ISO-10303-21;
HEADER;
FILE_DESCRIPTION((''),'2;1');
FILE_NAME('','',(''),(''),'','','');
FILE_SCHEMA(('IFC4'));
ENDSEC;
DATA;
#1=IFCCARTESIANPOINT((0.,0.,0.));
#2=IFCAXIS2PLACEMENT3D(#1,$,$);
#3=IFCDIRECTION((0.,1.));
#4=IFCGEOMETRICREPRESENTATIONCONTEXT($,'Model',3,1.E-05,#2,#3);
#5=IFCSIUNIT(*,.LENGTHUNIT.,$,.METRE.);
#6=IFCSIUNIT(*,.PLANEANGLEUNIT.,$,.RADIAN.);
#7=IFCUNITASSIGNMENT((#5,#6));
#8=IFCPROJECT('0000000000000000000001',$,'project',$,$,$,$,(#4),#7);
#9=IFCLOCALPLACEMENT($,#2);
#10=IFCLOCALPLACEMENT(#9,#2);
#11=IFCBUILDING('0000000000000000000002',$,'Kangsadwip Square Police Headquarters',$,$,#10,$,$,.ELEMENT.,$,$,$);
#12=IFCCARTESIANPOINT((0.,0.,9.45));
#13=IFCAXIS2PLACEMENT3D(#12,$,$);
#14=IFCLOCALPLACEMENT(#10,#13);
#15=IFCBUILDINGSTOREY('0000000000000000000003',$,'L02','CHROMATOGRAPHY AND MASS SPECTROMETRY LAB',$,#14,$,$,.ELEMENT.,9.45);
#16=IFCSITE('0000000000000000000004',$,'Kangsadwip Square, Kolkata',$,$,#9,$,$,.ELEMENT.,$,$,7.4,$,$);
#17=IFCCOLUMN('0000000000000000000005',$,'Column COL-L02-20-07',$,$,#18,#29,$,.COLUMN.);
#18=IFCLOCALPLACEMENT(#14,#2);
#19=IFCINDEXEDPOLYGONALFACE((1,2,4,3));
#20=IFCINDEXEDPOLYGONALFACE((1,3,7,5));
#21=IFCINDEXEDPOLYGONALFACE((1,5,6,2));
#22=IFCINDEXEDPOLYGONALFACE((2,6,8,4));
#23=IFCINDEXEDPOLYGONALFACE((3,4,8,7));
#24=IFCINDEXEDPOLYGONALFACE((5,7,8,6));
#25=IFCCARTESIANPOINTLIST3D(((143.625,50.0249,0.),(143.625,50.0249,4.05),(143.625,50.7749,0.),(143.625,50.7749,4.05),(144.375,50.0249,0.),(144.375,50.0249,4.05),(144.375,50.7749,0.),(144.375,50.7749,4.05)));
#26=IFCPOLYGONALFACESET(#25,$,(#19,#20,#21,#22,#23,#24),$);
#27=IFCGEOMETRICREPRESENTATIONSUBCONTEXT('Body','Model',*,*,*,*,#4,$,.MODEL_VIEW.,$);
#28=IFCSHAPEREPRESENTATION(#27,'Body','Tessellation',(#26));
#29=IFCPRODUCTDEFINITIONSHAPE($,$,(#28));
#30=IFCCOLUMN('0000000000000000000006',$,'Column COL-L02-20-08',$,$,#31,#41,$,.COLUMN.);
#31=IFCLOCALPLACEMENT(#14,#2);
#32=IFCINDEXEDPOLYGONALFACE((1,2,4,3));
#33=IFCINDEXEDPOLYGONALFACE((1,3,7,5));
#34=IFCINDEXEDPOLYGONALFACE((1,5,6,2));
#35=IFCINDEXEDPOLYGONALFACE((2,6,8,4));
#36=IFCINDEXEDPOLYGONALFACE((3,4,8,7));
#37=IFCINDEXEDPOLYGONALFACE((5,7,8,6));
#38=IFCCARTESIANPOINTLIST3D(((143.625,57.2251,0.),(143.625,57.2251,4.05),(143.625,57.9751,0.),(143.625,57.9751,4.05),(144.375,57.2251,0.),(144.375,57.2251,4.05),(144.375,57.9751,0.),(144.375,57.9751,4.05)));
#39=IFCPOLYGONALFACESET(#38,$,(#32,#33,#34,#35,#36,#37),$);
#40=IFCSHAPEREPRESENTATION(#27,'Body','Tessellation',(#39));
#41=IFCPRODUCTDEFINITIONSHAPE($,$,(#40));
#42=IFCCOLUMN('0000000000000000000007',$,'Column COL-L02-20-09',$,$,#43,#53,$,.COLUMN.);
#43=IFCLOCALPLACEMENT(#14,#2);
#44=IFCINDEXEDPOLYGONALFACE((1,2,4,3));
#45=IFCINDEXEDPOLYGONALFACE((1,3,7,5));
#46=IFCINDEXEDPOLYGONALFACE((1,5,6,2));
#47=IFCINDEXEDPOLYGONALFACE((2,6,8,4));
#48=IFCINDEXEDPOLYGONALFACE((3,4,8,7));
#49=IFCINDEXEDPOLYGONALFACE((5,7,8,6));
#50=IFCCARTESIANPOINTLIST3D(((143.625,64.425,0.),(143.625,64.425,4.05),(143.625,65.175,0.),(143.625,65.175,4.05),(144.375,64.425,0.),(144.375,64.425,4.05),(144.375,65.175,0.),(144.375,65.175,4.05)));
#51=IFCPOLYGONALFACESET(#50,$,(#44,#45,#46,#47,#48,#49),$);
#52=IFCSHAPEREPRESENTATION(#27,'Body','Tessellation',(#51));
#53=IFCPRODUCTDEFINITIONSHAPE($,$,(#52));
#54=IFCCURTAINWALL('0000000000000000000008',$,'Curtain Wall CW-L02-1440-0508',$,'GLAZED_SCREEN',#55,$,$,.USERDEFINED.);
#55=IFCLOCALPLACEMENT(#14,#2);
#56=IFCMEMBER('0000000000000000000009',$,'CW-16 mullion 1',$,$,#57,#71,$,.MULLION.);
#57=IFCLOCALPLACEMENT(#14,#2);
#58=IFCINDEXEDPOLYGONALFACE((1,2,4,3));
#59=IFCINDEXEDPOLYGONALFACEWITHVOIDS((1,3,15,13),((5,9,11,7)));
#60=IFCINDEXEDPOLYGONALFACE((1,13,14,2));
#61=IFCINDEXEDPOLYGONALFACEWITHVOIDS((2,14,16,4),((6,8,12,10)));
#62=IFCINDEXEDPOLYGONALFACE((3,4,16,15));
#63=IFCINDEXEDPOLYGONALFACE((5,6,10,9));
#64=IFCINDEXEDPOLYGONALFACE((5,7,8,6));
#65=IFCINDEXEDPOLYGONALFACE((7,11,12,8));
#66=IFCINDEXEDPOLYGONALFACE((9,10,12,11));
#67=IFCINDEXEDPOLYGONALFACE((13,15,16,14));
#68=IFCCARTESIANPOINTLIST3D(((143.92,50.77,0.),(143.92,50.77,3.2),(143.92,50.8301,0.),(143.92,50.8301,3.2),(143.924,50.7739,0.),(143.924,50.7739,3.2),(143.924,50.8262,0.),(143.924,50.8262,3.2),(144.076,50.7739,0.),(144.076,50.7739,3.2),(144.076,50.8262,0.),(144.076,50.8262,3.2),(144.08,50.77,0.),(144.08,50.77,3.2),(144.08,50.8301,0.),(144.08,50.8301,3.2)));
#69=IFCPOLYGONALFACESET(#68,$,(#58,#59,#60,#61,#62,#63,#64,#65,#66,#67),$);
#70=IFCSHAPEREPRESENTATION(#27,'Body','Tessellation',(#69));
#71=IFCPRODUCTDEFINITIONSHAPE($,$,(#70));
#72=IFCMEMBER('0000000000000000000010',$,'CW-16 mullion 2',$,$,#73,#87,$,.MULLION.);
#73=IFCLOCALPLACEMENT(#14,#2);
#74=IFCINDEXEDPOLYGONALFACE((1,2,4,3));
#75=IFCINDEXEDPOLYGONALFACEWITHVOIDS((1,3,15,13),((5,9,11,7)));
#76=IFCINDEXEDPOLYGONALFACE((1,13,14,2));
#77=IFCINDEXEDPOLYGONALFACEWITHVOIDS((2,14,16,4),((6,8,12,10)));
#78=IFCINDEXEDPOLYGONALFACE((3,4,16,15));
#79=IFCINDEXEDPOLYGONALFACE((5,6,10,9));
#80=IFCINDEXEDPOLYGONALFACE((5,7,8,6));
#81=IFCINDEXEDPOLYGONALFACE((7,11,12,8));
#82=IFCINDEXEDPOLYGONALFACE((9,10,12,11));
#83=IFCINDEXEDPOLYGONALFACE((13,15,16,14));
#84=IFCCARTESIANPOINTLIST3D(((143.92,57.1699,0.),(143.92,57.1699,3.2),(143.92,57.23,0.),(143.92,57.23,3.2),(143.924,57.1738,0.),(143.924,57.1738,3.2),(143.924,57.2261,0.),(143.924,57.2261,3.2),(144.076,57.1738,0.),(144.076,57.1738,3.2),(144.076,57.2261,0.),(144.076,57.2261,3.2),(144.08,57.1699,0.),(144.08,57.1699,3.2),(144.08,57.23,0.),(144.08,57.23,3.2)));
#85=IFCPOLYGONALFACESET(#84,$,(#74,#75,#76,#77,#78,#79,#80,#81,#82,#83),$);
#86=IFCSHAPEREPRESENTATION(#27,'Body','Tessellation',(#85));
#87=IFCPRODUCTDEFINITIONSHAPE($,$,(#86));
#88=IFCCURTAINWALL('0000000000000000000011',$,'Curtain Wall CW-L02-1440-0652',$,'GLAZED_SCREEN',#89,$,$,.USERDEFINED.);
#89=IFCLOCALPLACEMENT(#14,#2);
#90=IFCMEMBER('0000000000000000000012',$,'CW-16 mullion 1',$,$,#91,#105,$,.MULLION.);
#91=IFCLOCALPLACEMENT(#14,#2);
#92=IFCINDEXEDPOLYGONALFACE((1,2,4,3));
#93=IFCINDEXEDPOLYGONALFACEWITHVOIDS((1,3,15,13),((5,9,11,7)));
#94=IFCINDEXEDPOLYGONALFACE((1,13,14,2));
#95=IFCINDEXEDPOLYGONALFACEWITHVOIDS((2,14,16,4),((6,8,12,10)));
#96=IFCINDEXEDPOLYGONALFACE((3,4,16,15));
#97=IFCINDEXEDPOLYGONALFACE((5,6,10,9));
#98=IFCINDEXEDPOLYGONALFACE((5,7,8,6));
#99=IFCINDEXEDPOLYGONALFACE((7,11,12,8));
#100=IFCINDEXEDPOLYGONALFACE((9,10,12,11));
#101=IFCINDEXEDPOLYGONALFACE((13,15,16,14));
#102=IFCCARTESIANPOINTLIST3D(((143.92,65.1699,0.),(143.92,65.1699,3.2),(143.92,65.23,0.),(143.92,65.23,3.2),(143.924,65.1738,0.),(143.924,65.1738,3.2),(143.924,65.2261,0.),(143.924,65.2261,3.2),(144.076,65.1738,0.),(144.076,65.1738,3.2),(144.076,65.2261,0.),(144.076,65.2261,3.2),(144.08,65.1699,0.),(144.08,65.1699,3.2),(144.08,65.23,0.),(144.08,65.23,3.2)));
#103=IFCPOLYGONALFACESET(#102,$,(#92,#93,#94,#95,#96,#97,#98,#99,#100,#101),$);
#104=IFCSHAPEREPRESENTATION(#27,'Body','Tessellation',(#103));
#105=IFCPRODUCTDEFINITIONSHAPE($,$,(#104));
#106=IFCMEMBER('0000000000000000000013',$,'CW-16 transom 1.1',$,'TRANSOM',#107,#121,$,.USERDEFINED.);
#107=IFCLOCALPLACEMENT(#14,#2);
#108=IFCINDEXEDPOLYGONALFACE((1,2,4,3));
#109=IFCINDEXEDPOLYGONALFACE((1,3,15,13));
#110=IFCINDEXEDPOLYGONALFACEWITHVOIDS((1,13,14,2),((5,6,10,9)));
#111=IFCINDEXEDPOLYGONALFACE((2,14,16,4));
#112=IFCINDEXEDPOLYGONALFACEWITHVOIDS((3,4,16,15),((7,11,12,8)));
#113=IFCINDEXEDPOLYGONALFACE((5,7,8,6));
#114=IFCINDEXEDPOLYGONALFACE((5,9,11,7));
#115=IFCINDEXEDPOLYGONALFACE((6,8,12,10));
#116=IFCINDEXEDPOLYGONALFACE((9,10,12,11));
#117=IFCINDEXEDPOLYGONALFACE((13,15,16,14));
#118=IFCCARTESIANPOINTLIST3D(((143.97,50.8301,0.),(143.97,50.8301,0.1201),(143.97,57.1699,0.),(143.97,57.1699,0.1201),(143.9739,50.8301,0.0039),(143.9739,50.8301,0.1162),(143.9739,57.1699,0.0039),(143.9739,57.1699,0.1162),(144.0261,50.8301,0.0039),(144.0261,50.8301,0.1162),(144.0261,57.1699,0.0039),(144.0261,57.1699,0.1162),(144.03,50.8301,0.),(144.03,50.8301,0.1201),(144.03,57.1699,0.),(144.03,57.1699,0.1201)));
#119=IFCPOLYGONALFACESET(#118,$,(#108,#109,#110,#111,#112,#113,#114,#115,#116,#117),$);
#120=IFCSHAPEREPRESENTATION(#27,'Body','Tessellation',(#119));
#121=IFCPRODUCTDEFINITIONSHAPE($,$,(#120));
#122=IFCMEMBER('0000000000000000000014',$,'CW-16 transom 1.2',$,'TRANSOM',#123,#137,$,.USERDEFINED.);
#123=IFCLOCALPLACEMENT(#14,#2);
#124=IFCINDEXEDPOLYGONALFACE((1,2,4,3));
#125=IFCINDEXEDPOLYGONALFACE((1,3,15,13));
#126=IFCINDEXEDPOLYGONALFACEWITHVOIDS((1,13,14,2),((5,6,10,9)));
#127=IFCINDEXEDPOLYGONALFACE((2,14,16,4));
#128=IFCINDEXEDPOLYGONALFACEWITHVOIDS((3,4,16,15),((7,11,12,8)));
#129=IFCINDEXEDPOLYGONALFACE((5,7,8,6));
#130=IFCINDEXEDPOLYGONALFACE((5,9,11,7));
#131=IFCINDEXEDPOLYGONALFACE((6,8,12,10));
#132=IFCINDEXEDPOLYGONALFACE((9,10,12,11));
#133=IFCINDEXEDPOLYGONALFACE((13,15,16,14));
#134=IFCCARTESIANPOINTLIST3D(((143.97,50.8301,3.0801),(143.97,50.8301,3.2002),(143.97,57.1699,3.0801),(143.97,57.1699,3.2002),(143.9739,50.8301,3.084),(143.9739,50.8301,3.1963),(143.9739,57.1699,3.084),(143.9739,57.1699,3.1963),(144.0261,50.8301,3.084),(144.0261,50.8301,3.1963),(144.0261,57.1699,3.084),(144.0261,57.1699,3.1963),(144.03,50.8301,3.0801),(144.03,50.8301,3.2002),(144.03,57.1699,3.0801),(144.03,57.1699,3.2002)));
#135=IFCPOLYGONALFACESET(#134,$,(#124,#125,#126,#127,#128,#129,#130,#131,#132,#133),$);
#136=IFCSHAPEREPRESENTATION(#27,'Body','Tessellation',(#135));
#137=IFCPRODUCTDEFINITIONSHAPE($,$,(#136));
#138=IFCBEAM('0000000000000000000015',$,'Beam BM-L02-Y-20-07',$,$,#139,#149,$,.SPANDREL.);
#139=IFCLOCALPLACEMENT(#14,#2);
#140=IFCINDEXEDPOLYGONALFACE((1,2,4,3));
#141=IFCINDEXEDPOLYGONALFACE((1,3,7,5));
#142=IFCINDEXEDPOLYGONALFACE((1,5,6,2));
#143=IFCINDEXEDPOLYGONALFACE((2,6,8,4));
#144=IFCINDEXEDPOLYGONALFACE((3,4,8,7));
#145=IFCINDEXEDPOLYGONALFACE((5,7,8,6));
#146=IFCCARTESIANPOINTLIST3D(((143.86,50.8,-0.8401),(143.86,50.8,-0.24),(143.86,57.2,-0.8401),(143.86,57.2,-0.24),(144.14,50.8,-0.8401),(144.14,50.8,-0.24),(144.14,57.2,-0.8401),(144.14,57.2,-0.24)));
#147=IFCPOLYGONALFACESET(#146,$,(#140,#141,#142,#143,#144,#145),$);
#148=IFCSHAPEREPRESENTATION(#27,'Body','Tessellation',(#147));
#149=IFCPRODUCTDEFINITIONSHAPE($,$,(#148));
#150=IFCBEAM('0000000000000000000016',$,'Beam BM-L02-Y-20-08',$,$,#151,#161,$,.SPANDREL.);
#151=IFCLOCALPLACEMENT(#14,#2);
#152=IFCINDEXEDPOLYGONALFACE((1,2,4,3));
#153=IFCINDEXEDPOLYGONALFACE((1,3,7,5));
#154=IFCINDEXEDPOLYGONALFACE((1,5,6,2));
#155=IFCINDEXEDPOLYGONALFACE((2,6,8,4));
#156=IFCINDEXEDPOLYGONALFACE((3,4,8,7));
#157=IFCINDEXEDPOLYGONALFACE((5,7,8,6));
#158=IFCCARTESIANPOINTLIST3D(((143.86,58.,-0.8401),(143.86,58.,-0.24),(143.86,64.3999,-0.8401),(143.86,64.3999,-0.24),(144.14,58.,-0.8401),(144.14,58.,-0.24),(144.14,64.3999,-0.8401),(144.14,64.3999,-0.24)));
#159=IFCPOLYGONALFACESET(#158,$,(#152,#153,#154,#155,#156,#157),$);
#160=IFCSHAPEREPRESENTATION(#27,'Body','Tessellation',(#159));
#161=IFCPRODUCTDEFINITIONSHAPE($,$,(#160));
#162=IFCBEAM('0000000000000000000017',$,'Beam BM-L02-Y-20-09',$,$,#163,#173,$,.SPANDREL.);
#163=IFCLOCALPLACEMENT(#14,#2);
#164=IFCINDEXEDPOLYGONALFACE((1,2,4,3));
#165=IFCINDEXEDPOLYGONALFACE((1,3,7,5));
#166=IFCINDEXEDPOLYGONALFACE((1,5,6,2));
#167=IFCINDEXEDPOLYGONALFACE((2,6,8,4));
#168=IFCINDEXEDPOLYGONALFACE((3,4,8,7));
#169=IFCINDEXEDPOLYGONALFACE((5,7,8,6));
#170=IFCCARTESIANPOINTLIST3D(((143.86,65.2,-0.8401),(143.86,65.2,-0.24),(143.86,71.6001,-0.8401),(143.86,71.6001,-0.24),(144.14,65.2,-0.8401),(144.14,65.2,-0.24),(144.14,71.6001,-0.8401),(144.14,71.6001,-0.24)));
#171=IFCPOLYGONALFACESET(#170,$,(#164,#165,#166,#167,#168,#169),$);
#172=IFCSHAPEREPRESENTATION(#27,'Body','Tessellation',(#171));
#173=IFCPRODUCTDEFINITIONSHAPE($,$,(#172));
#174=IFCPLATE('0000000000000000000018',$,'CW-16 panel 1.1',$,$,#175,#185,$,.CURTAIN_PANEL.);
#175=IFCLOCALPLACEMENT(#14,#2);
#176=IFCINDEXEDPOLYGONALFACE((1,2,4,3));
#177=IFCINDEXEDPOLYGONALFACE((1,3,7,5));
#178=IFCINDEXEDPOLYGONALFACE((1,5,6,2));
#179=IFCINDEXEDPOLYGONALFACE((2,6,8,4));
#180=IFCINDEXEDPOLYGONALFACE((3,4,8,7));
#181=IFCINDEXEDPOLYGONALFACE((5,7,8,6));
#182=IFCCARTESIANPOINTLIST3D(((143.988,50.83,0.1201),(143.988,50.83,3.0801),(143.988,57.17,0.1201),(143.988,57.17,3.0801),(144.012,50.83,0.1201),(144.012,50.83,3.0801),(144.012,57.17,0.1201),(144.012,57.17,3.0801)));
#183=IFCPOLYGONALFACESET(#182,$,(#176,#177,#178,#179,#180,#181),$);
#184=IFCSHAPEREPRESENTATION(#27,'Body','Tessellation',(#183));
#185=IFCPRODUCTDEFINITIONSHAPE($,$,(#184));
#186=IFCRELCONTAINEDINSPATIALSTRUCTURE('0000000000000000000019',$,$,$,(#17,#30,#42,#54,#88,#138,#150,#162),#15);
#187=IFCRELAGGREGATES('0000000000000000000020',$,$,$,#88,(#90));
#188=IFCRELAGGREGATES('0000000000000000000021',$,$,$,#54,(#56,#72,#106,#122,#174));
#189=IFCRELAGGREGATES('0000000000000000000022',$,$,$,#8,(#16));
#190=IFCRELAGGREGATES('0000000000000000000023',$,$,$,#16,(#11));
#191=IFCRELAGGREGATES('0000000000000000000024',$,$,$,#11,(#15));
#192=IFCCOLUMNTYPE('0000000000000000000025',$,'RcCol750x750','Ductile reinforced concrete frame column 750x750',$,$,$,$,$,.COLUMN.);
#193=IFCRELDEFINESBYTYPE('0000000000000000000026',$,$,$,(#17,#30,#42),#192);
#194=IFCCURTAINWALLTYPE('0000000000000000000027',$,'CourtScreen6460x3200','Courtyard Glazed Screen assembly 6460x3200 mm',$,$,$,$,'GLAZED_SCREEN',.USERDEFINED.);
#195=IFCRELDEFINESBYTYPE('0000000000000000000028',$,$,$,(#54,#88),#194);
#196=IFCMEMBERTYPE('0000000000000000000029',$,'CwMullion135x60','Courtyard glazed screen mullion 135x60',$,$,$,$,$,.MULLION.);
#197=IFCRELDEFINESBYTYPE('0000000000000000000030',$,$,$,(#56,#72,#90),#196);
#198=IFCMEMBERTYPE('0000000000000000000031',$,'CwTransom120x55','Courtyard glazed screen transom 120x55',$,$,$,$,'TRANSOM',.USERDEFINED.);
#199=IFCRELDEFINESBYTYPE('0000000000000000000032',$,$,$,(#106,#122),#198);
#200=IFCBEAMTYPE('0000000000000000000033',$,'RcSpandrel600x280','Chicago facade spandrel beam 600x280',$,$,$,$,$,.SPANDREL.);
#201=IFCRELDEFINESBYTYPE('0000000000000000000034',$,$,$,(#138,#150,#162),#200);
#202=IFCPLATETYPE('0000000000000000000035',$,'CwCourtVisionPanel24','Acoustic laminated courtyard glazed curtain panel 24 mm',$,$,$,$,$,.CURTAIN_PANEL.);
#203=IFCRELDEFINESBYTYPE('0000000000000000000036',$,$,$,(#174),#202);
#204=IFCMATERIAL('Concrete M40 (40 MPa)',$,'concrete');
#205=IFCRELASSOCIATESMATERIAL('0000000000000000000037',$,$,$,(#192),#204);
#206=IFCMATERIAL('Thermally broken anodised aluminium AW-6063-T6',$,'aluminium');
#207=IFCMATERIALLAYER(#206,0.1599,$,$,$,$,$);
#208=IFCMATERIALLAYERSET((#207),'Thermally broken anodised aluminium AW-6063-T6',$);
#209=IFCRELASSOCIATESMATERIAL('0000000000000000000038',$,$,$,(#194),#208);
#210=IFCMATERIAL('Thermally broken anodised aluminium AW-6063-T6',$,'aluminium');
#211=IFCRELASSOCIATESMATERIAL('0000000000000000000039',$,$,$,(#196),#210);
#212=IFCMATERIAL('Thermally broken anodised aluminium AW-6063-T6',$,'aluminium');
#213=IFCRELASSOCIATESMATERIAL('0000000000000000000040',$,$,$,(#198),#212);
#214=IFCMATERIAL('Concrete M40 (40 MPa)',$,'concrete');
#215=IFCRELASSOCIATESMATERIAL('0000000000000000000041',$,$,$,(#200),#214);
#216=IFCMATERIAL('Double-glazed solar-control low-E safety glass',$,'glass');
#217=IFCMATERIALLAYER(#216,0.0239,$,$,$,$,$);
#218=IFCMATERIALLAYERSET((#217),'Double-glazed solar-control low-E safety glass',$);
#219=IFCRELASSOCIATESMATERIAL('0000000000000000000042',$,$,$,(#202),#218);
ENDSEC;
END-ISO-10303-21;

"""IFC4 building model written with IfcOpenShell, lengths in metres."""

from ifc_helpers import new_model, si_unit, direction, frame, origin, origin_2d, place, context, subcontext, project, spatial, rectangle, hollow_rectangle, extrude, material, layer, layer_set, material_profile, profile_set, type_object, element, aggregate, save


model = new_model("IFC4")

# Units and contexts
model_context = context("Model", 3, precision=1e-05, world=origin(), true_north=direction((0.0, 1.0)))
body_context = subcontext(model_context, "Body", "Model", "MODEL_VIEW")
ifc_project = project(units=[si_unit("LENGTHUNIT", "METRE"), si_unit("PLANEANGLEUNIT", "RADIAN")], contexts=[model_context])

# Site, building, storey
site_placement = place(None, origin())
site = spatial("IfcSite", under=ifc_project, at=site_placement, Name="Kangsadwip Square, Kolkata", CompositionType="ELEMENT", RefElevation=7.4)
building_placement = place(site_placement, origin())
building = spatial("IfcBuilding", under=site, at=building_placement, Name="Kangsadwip Square Police Headquarters", CompositionType="ELEMENT")
storey_placement = place(building_placement, frame((0.0, 0.0, 9.45)))
storey = spatial("IfcBuildingStorey", under=building, at=storey_placement, Name="L02", Description="CHROMATOGRAPHY AND MASS SPECTROMETRY LAB", CompositionType="ELEMENT", Elevation=9.45)

# Columns
ifc_material_1 = material(Name="Concrete M40 (40 MPa)", Category="concrete")
ifc_material_profile_1 = material_profile(ifc_material_1, rectangle(XDim=0.75, YDim=0.75, at=origin_2d()), Name="RC COL 750X750")
ifc_profile_set_1 = profile_set([ifc_material_profile_1], Name="Concrete M40 (40 MPa)")
column_type = type_object("IfcColumnType", Name="RcCol750x750", Description="Ductile reinforced concrete frame column 750x750", PredefinedType="COLUMN", material=ifc_profile_set_1)
for number, where, z_axis, x_axis, name in (
    (1, (144.0, 50.3999, 0.0), (0.0, 0.0, 1.0), (1.0, 0.0, 0.0), "Column COL-L02-20-07"),
    (2, (144.0, 57.6001, 0.0), (0.0, 0.0, 1.0), (1.0, 0.0, 0.0), "Column COL-L02-20-08"),
    (3, (144.0, 64.8, 0.0), (0.0, 0.0, 1.0), (1.0, 0.0, 0.0), "Column COL-L02-20-09"),
):
    element("IfcColumn", number, at=place(storey_placement, frame(where, z_axis=z_axis, x_axis=x_axis)), inside=storey, type_object=column_type, Name=name, PredefinedType="COLUMN", context=body_context, shape_type="SweptSolid", body=[
        extrude(rectangle(XDim=0.75, YDim=0.75, at=origin_2d()), origin(), (0.0, 0.0, 1.0), 4.05),
    ])

# Curtain wall, members
ifc_material_2 = material(Name="Thermally broken anodised aluminium AW-6063-T6", Category="aluminium")
ifc_layer_1 = layer(ifc_material_2, 0.1599)
ifc_layer_set_1 = layer_set([ifc_layer_1], Name="Thermally broken anodised aluminium AW-6063-T6")
curtain_wall_type = type_object("IfcCurtainWallType", Name="CourtScreen6460x3200", Description="Courtyard Glazed Screen assembly 6460x3200 mm", ElementType="GLAZED_SCREEN", PredefinedType="USERDEFINED", material=ifc_layer_set_1)
curtain_wall_1_placement = place(storey_placement, origin())
curtain_wall_1 = element("IfcCurtainWall", 4, at=curtain_wall_1_placement, inside=storey, type_object=curtain_wall_type, Name="Curtain Wall CW-L02-1440-0508", ObjectType="GLAZED_SCREEN", PredefinedType="USERDEFINED")
ifc_material_3 = material(Name="Thermally broken anodised aluminium AW-6063-T6", Category="aluminium")
ifc_material_profile_2 = material_profile(ifc_material_3, hollow_rectangle(XDim=0.0601, YDim=0.1599, WallThickness=0.0039, at=origin_2d()), Name="CWM 160X60X4")
ifc_profile_set_2 = profile_set([ifc_material_profile_2], Name="Thermally broken anodised aluminium AW-6063-T6")
member_type_1 = type_object("IfcMemberType", Name="CwMullion135x60", Description="Courtyard glazed screen mullion 135x60", PredefinedType="MULLION", material=ifc_profile_set_2)
member_1_placement = place(storey_placement, frame((144.0, 50.8, 0.0), z_axis=(0.0, 0.0, 1.0), x_axis=(0.0, 1.0, 0.0)))
member_1 = element("IfcMember", 5, at=member_1_placement, type_object=member_type_1, Name="CW-16 mullion 1", PredefinedType="MULLION", context=body_context, shape_type="SweptSolid", body=[
    extrude(hollow_rectangle(XDim=0.0601, YDim=0.1599, WallThickness=0.0039, at=origin_2d()), origin(), (0.0, 0.0, 1.0), 3.2),
])
member_2_placement = place(storey_placement, frame((144.0, 57.2, 0.0), z_axis=(0.0, 0.0, 1.0), x_axis=(0.0, 1.0, 0.0)))
member_2 = element("IfcMember", 6, at=member_2_placement, type_object=member_type_1, Name="CW-16 mullion 2", PredefinedType="MULLION", context=body_context, shape_type="SweptSolid", body=[
    extrude(hollow_rectangle(XDim=0.0601, YDim=0.1599, WallThickness=0.0039, at=origin_2d()), origin(), (0.0, 0.0, 1.0), 3.2),
])

# Curtain wall, member
curtain_wall_2_placement = place(storey_placement, origin())
curtain_wall_2 = element("IfcCurtainWall", 7, at=curtain_wall_2_placement, inside=storey, type_object=curtain_wall_type, Name="Curtain Wall CW-L02-1440-0652", ObjectType="GLAZED_SCREEN", PredefinedType="USERDEFINED")
member_3_placement = place(storey_placement, frame((144.0, 65.2, 0.0), z_axis=(0.0, 0.0, 1.0), x_axis=(0.0, 1.0, 0.0)))
member_3 = element("IfcMember", 8, at=member_3_placement, type_object=member_type_1, Name="CW-16 mullion 1", PredefinedType="MULLION", context=body_context, shape_type="SweptSolid", body=[
    extrude(hollow_rectangle(XDim=0.0601, YDim=0.1599, WallThickness=0.0039, at=origin_2d()), origin(), (0.0, 0.0, 1.0), 3.2),
])
aggregate(curtain_wall_2, [member_3])

# Members
ifc_material_4 = material(Name="Thermally broken anodised aluminium AW-6063-T6", Category="aluminium")
ifc_material_profile_3 = material_profile(ifc_material_4, hollow_rectangle(XDim=0.0601, YDim=0.1201, WallThickness=0.0039, at=origin_2d()), Name="CWT 120X60X4")
ifc_profile_set_3 = profile_set([ifc_material_profile_3], Name="Thermally broken anodised aluminium AW-6063-T6")
member_type_2 = type_object("IfcMemberType", Name="CwTransom120x55", Description="Courtyard glazed screen transom 120x55", ElementType="TRANSOM", PredefinedType="USERDEFINED", material=ifc_profile_set_3)
member_4_placement = place(storey_placement, frame((144.0, 50.8301, 0.0601), z_axis=(0.0, 1.0, 0.0), x_axis=(-1.0, 0.0, 0.0)))
member_4 = element("IfcMember", 9, at=member_4_placement, type_object=member_type_2, Name="CW-16 transom 1.1", ObjectType="TRANSOM", PredefinedType="USERDEFINED", context=body_context, shape_type="SweptSolid", body=[
    extrude(hollow_rectangle(XDim=0.0601, YDim=0.1201, WallThickness=0.0039, at=origin_2d()), origin(), (0.0, 0.0, 1.0), 6.3398),
])
member_5_placement = place(storey_placement, frame((144.0, 50.8301, 3.1401), z_axis=(0.0, 1.0, 0.0), x_axis=(-1.0, 0.0, 0.0)))
member_5 = element("IfcMember", 10, at=member_5_placement, type_object=member_type_2, Name="CW-16 transom 1.2", ObjectType="TRANSOM", PredefinedType="USERDEFINED", context=body_context, shape_type="SweptSolid", body=[
    extrude(hollow_rectangle(XDim=0.0601, YDim=0.1201, WallThickness=0.0039, at=origin_2d()), origin(), (0.0, 0.0, 1.0), 6.3398),
])

# Beams
ifc_material_5 = material(Name="Concrete M40 (40 MPa)", Category="concrete")
ifc_material_profile_4 = material_profile(ifc_material_5, rectangle(XDim=0.28, YDim=0.6001, at=origin_2d()), Name="RC SPN 600X280")
ifc_profile_set_4 = profile_set([ifc_material_profile_4], Name="Concrete M40 (40 MPa)")
beam_type = type_object("IfcBeamType", Name="RcSpandrel600x280", Description="Chicago facade spandrel beam 600x280", PredefinedType="SPANDREL", material=ifc_profile_set_4)
for number, where, z_axis, x_axis, name in (
    (11, (144.0, 50.8, -0.54), (0.0, 1.0, 0.0), (-1.0, 0.0, 0.0), "Beam BM-L02-Y-20-07"),
    (12, (144.0, 58.0, -0.54), (0.0, 1.0, 0.0), (-1.0, 0.0, 0.0), "Beam BM-L02-Y-20-08"),
):
    element("IfcBeam", number, at=place(storey_placement, frame(where, z_axis=z_axis, x_axis=x_axis)), inside=storey, type_object=beam_type, Name=name, PredefinedType="SPANDREL", context=body_context, shape_type="SweptSolid", body=[
        extrude(rectangle(XDim=0.28, YDim=0.6001, at=origin_2d()), origin(), (0.0, 0.0, 1.0), 6.3999),
    ])
beam_placement = place(storey_placement, frame((144.0, 65.2, -0.54), z_axis=(0.0, 1.0, 0.0), x_axis=(-1.0, 0.0, 0.0)))
element("IfcBeam", 13, at=beam_placement, inside=storey, type_object=beam_type, Name="Beam BM-L02-Y-20-09", PredefinedType="SPANDREL", context=body_context, shape_type="SweptSolid", body=[
    extrude(rectangle(XDim=0.28, YDim=0.6001, at=origin_2d()), origin(), (0.0, 0.0, 1.0), 6.4001),
])

# Plate
ifc_material_6 = material(Name="Double-glazed solar-control low-E safety glass", Category="glass")
ifc_layer_2 = layer(ifc_material_6, 0.0239)
ifc_layer_set_2 = layer_set([ifc_layer_2], Name="Double-glazed solar-control low-E safety glass")
plate_type_1 = type_object("IfcPlateType", Name="CwCourtVisionPanel24", Description="Acoustic laminated courtyard glazed curtain panel 24 mm", PredefinedType="CURTAIN_PANEL", material=ifc_layer_set_2)
plate_placement = place(storey_placement, frame((144.0, 54.0, 0.1201), z_axis=(0.0, 0.0, 1.0), x_axis=(0.0, 1.0, 0.0)))
plate = element("IfcPlate", 14, at=plate_placement, type_object=plate_type_1, Name="CW-16 panel 1.1", PredefinedType="CURTAIN_PANEL", context=body_context, shape_type="SweptSolid", body=[
    extrude(rectangle(XDim=6.3401, YDim=0.0239, at=origin_2d()), origin(), (0.0, 0.0, 1.0), 2.96),
])
aggregate(curtain_wall_1, [member_1, member_2, member_4, member_5, plate])

save(model, "model.ifc")
